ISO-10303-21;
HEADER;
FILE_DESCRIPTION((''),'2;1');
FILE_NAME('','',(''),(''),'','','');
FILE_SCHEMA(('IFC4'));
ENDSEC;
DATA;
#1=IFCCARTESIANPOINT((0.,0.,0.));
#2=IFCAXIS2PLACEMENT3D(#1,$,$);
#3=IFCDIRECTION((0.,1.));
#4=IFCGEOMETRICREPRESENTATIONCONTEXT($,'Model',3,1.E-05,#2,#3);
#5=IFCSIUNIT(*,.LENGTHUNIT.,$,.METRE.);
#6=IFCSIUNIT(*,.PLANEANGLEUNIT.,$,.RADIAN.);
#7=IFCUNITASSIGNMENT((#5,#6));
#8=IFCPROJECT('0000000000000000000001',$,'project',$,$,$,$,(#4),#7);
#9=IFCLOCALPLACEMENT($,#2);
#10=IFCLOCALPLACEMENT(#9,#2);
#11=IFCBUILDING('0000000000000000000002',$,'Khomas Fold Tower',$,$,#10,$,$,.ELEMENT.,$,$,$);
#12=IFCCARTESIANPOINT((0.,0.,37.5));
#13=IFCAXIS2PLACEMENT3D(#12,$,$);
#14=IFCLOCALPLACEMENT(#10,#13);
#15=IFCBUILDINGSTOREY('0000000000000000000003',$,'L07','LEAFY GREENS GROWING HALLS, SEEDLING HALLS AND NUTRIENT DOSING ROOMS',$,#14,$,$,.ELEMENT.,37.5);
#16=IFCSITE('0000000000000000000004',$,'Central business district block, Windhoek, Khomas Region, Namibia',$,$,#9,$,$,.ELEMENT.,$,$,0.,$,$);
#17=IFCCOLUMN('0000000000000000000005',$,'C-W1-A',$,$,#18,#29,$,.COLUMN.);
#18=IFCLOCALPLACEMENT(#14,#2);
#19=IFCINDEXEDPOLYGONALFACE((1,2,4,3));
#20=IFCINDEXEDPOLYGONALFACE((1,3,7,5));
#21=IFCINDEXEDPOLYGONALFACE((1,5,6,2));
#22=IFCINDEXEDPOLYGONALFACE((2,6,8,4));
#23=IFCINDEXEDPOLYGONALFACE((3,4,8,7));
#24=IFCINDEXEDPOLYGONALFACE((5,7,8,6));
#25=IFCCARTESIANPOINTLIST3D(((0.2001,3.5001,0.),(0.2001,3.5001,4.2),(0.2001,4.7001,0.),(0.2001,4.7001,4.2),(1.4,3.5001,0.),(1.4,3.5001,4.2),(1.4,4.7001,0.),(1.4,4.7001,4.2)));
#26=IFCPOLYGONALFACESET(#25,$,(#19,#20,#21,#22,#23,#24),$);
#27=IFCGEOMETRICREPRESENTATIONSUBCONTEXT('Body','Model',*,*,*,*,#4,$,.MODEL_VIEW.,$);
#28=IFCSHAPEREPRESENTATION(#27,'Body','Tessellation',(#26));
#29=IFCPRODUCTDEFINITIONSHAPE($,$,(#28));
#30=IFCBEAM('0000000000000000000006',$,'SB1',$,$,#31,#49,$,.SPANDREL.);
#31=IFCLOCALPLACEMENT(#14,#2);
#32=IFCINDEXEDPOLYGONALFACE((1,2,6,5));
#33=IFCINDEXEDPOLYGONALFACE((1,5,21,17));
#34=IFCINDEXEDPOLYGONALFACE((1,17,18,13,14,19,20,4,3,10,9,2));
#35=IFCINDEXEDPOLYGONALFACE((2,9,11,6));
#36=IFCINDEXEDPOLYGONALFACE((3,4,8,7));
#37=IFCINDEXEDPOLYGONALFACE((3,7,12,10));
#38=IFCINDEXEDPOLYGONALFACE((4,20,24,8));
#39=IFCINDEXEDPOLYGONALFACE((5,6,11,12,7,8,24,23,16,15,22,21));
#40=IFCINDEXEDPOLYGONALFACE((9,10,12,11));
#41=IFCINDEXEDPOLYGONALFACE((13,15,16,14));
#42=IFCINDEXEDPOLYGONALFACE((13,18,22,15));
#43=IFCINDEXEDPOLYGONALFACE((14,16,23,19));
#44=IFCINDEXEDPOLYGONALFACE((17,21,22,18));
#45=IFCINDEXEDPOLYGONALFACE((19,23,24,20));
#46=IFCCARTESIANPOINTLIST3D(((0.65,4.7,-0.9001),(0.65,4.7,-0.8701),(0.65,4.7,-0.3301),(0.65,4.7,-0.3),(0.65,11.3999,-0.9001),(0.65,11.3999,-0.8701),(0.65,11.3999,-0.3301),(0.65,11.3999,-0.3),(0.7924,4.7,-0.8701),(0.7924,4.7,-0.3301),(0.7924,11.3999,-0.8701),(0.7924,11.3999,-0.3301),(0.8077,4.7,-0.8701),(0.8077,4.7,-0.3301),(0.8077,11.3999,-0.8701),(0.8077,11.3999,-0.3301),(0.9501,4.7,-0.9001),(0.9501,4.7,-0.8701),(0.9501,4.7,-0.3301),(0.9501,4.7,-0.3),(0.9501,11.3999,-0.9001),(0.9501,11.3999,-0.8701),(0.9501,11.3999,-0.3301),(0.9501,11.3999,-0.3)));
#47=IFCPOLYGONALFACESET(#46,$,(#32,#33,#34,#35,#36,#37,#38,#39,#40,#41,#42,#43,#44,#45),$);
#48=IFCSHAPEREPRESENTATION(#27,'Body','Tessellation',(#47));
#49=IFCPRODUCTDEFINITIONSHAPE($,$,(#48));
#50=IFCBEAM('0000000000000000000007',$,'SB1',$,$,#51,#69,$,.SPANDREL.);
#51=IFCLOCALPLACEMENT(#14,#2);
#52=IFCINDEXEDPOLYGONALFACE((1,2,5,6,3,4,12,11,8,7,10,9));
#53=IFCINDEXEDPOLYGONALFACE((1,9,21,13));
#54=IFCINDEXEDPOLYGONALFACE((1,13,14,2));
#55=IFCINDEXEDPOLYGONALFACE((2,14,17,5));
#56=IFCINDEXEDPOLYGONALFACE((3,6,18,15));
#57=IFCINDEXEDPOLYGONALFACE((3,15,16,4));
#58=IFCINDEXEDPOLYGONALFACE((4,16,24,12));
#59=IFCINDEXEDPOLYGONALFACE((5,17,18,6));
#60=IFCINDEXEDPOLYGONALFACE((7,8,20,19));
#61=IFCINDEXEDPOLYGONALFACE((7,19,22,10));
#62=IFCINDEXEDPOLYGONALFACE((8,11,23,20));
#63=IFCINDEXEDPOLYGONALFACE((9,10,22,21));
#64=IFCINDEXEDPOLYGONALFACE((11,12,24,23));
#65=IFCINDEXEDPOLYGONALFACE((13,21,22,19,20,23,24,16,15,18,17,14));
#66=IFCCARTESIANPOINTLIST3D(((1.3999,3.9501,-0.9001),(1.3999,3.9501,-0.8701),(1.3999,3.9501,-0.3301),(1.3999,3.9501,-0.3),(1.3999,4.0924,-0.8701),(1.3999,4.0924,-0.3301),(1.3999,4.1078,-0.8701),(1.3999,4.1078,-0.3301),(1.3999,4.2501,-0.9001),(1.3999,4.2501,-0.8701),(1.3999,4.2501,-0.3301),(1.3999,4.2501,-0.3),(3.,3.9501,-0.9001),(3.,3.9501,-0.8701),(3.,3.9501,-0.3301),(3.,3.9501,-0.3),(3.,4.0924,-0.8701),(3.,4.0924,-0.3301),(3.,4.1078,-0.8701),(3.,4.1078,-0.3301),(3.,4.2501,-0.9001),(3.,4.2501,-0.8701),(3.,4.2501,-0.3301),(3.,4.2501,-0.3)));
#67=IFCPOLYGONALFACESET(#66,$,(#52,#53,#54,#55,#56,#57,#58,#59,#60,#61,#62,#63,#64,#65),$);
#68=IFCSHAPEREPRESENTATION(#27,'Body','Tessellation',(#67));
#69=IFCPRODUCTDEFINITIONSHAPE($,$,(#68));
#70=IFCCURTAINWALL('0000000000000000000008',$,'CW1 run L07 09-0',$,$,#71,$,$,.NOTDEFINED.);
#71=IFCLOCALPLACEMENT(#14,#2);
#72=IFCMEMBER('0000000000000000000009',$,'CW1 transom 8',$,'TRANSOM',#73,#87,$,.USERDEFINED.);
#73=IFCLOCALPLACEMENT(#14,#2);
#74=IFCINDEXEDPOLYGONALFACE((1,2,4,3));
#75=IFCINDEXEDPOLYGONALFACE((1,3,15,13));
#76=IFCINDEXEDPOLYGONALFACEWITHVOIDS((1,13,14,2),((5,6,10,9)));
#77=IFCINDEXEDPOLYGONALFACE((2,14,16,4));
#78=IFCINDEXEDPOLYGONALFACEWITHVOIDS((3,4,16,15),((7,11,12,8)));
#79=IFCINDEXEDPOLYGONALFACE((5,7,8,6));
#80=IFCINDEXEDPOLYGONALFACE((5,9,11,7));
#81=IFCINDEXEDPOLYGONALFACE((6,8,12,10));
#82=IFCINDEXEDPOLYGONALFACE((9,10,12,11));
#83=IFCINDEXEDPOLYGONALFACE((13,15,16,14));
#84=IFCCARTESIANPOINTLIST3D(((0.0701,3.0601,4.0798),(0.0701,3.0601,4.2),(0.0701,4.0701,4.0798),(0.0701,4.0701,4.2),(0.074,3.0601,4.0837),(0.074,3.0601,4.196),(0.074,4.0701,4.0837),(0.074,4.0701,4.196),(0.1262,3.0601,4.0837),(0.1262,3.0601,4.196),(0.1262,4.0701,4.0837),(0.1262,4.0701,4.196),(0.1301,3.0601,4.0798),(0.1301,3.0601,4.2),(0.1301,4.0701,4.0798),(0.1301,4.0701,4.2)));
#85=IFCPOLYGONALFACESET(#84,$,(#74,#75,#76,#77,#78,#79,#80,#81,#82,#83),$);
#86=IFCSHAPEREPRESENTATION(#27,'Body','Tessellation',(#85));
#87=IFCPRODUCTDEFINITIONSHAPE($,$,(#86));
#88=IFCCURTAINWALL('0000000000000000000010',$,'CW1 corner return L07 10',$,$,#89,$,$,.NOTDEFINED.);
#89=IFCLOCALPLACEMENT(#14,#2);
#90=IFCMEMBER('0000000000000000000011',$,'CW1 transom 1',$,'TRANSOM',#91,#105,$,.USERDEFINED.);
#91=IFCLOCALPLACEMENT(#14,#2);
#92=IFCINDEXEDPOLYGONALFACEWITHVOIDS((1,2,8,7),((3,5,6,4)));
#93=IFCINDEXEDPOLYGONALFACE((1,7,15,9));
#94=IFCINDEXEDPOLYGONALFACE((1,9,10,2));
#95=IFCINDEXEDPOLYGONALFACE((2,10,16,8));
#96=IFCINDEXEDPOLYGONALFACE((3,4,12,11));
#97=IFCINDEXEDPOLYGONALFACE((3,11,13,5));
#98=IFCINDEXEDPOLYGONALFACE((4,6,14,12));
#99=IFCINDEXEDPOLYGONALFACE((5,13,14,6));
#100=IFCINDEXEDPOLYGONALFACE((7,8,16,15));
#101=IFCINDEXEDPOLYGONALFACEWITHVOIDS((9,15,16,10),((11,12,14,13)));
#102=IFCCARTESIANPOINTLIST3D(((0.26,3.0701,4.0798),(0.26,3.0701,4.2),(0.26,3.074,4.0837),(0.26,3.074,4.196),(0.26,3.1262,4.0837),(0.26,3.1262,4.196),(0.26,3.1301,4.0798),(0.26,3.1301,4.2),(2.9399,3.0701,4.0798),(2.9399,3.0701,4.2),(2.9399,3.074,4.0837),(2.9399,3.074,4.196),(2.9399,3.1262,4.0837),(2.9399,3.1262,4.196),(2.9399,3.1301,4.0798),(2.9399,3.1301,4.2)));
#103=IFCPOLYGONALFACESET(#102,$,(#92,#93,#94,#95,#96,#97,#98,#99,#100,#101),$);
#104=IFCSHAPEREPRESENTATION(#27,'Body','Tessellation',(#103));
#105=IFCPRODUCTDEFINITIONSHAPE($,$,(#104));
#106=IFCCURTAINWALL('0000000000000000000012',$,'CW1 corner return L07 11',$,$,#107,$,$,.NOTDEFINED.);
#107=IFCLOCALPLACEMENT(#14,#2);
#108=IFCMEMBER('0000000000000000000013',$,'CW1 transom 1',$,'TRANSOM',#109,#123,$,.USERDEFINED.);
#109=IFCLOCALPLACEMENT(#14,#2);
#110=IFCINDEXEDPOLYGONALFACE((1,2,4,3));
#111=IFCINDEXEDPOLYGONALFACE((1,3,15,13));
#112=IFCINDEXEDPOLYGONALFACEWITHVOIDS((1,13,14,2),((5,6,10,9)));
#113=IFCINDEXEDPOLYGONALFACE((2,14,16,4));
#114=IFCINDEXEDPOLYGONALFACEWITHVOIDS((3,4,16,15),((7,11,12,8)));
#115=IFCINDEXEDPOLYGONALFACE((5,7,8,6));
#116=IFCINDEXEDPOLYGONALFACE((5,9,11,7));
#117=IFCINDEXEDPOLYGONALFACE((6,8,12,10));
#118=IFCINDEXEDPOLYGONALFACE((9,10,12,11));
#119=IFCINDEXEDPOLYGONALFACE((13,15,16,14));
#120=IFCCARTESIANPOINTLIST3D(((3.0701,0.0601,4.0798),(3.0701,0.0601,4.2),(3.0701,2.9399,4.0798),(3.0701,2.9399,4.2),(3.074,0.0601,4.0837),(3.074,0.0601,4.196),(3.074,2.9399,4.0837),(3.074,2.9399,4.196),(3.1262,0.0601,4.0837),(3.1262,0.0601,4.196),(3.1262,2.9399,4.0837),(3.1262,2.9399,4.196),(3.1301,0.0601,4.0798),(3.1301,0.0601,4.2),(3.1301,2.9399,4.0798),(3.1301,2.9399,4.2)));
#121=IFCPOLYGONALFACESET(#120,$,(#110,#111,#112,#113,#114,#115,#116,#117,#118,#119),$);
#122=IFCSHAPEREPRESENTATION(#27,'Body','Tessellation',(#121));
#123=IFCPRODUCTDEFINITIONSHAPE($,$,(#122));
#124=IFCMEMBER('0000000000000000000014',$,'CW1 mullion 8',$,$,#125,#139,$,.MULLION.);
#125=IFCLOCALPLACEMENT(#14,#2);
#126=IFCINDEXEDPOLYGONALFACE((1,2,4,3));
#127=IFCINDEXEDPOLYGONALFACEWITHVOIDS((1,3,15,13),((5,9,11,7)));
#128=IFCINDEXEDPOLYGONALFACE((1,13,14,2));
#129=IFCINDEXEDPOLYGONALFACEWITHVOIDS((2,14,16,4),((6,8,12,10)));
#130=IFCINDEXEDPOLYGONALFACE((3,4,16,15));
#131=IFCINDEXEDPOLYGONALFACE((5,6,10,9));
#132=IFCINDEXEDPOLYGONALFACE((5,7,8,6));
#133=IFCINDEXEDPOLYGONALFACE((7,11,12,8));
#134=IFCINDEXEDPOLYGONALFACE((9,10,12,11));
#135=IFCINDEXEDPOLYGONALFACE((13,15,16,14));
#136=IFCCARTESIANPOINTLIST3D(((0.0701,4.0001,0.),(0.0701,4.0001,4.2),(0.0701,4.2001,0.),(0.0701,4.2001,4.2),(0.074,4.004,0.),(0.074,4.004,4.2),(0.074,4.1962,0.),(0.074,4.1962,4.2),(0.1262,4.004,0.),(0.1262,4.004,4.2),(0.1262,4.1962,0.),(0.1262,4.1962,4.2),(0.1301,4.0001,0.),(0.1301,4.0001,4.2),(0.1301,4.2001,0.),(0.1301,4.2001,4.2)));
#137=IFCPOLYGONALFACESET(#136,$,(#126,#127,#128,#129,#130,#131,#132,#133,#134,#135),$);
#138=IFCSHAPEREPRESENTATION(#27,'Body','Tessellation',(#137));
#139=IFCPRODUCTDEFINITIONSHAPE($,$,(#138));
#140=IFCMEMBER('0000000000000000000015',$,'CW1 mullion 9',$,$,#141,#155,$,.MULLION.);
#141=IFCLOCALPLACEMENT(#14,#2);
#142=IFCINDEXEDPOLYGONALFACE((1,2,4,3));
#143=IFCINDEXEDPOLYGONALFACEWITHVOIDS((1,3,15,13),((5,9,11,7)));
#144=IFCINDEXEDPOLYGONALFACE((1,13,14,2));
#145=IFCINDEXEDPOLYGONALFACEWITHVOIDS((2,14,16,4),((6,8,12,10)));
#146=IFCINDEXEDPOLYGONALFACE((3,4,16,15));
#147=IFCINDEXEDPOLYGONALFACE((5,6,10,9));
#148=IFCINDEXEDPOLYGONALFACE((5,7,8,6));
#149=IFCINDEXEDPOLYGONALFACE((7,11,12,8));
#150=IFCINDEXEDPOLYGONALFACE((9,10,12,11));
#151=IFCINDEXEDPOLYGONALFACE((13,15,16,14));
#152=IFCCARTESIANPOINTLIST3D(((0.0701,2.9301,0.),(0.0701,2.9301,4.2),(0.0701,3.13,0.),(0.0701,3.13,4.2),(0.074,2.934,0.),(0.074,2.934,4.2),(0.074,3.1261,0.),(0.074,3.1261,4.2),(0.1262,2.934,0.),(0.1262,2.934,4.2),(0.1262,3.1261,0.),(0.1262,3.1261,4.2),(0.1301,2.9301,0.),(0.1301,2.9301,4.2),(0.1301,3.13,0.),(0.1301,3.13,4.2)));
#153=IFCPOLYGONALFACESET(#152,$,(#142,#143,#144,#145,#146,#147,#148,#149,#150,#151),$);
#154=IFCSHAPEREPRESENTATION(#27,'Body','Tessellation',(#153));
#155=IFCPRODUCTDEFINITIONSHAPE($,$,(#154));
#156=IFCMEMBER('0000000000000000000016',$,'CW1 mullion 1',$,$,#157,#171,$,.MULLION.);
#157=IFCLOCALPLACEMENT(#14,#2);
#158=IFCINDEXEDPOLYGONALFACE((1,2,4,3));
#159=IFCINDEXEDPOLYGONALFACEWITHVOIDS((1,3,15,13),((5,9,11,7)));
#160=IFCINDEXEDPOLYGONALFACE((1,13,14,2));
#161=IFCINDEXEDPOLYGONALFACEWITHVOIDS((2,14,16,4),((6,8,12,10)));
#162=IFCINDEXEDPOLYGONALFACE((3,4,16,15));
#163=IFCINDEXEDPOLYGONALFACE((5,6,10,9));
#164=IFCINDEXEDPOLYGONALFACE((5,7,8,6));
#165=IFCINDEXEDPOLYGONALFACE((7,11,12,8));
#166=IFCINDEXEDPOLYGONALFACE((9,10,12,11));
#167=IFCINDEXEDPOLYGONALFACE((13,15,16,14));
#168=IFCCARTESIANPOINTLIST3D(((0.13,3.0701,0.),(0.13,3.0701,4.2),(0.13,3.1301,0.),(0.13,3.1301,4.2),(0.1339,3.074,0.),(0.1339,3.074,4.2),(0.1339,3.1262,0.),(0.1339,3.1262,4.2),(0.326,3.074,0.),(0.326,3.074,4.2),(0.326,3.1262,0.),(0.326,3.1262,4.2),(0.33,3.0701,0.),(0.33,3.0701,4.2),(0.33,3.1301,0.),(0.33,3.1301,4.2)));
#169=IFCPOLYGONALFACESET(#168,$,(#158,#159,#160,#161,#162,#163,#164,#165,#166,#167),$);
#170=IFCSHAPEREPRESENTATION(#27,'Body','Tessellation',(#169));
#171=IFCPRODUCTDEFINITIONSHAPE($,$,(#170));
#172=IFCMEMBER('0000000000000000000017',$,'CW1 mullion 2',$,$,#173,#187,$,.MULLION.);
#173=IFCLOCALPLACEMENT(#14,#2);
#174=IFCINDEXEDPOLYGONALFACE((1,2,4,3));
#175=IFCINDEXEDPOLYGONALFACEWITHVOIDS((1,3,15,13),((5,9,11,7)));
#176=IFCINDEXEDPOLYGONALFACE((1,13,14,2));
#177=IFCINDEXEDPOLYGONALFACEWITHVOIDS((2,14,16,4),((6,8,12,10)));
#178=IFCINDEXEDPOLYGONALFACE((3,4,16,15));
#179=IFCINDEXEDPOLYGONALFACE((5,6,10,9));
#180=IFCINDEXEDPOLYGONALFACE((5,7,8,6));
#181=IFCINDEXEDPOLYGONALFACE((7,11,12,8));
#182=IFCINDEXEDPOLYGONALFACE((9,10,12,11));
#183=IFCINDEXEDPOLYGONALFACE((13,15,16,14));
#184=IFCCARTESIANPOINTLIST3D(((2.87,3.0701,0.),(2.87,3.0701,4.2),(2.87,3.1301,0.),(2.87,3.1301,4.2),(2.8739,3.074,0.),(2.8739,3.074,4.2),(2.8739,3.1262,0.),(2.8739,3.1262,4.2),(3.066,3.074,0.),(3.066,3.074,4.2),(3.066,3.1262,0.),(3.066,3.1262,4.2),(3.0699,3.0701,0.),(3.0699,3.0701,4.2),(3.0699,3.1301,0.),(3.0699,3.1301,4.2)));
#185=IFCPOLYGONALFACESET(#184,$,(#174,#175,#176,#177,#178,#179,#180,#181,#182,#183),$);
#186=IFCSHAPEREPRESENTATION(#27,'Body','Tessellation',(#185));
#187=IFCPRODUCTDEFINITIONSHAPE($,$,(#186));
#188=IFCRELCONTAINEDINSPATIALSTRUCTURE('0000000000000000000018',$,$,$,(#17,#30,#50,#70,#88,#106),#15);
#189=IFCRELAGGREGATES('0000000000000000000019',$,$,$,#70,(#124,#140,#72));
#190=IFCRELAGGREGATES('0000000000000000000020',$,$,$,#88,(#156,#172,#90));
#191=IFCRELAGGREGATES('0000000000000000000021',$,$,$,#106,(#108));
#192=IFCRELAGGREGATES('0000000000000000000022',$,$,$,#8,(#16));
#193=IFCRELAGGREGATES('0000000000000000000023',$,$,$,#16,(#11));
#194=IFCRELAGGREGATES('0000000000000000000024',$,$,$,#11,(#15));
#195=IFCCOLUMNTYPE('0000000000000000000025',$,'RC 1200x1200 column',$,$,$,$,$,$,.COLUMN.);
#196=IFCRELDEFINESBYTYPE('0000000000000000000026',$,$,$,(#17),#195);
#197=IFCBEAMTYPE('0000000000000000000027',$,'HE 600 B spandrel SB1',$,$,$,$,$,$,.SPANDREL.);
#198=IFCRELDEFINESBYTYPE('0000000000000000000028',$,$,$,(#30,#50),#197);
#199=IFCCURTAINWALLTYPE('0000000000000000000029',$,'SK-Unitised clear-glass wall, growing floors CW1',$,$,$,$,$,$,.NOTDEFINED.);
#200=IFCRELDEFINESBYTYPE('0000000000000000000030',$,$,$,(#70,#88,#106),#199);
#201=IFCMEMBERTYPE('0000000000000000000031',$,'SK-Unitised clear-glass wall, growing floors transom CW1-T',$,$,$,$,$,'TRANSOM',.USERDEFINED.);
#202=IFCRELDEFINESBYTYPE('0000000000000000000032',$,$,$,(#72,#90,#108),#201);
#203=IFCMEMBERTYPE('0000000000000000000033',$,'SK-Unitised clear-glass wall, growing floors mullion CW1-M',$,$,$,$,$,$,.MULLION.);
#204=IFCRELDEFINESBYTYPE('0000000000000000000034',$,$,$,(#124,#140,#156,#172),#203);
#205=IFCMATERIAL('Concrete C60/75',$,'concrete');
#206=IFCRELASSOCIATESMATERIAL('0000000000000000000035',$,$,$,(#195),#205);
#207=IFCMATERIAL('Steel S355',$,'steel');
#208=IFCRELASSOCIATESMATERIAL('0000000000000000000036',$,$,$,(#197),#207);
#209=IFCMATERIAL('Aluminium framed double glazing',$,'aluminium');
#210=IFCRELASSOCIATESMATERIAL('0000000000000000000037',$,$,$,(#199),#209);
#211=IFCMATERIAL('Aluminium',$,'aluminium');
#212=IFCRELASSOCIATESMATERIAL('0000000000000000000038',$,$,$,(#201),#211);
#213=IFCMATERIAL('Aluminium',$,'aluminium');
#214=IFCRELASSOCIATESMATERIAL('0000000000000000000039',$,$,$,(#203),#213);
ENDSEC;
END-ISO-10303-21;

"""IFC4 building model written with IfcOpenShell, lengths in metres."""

from ifc_helpers import new_model, si_unit, direction, frame, origin, origin_2d, place, context, subcontext, project, spatial, rectangle, hollow_rectangle, i_section, extrude, source, transform, mapped, material, material_profile, profile_set, type_object, element, aggregate, save


model = new_model("IFC4")

# Units and contexts
model_context = context("Model", 3, precision=1e-05, world=origin(), true_north=direction((0.0, 1.0)))
body_context = subcontext(model_context, "Body", "Model", "MODEL_VIEW")
ifc_project = project(units=[si_unit("LENGTHUNIT", "METRE"), si_unit("PLANEANGLEUNIT", "RADIAN")], contexts=[model_context])

# Site, building, storey
site_placement = place(None, origin())
site = spatial("IfcSite", under=ifc_project, at=site_placement, Name="Central business district block, Windhoek, Khomas Region, Namibia", CompositionType="ELEMENT", RefElevation=0.0)
building_placement = place(site_placement, origin())
building = spatial("IfcBuilding", under=site, at=building_placement, Name="Khomas Fold Tower", CompositionType="ELEMENT")
storey_placement = place(building_placement, frame((0.0, 0.0, 37.5)))
storey = spatial("IfcBuildingStorey", under=building, at=storey_placement, Name="L07", Description="LEAFY GREENS GROWING HALLS, SEEDLING HALLS AND NUTRIENT DOSING ROOMS", CompositionType="ELEMENT", Elevation=37.5)

# Column
ifc_material_1 = material(Name="Concrete C60/75", Category="concrete")
ifc_material_profile_1 = material_profile(ifc_material_1, rectangle(XDim=1.2, YDim=1.2, at=origin_2d()), Name="RC 1200x1200")
ifc_profile_set_1 = profile_set([ifc_material_profile_1], Name="Concrete C60/75")
column_type = type_object("IfcColumnType", Name="RC 1200x1200 column", PredefinedType="COLUMN", material=ifc_profile_set_1)
shared_shape_1 = source(origin(), body_context, "Body", "SweptSolid", [
    extrude(rectangle(XDim=1.2, YDim=1.2, at=origin_2d()), origin(), (0.0, 0.0, 1.0), 4.2),
])
column_placement = place(storey_placement, frame((0.8, 4.1001, 0.0), z_axis=(0.0, 0.0, 1.0), x_axis=(1.0, 0.0, 0.0)))
element("IfcColumn", 1, at=column_placement, inside=storey, type_object=column_type, Name="C-W1-A", PredefinedType="COLUMN", context=body_context, shape_type="MappedRepresentation", body=[
    mapped(shared_shape_1, transform((0.0, 0.0, 0.0))),
])

# Beams
ifc_material_2 = material(Name="Steel S355", Category="steel")
ifc_material_profile_2 = material_profile(ifc_material_2, i_section(OverallWidth=0.3, OverallDepth=0.6001, WebThickness=0.0154, FlangeThickness=0.03, at=origin_2d()), Name="HE 600 B")
ifc_profile_set_2 = profile_set([ifc_material_profile_2], Name="Steel S355")
beam_type = type_object("IfcBeamType", Name="HE 600 B spandrel SB1", PredefinedType="SPANDREL", material=ifc_profile_set_2)
shared_shape_2 = source(origin(), body_context, "Body", "SweptSolid", [
    extrude(i_section(OverallWidth=0.3, OverallDepth=0.6001, WebThickness=0.0154, FlangeThickness=0.03, at=origin_2d()), origin(), (0.0, 0.0, 1.0), 6.7),
])
beam_1_placement = place(storey_placement, frame((0.8, 4.7, -0.6001), z_axis=(0.0, 1.0, 0.0), x_axis=(-1.0, 0.0, 0.0)))
element("IfcBeam", 2, at=beam_1_placement, inside=storey, type_object=beam_type, Name="SB1", PredefinedType="SPANDREL", context=body_context, shape_type="MappedRepresentation", body=[
    mapped(shared_shape_2, transform((0.0, 0.0, 0.0))),
])
shared_shape_3 = source(origin(), body_context, "Body", "SweptSolid", [
    extrude(i_section(OverallWidth=0.3, OverallDepth=0.6001, WebThickness=0.0154, FlangeThickness=0.03, at=origin_2d()), origin(), (0.0, 0.0, 1.0), 1.6001),
])
beam_2_placement = place(storey_placement, frame((1.3999, 4.1001, -0.6001), z_axis=(1.0, 0.0, 0.0), x_axis=(0.0, 1.0, 0.0)))
element("IfcBeam", 3, at=beam_2_placement, inside=storey, type_object=beam_type, Name="SB1", PredefinedType="SPANDREL", context=body_context, shape_type="MappedRepresentation", body=[
    mapped(shared_shape_3, transform((0.0, 0.0, 0.0))),
])

# Curtain walls, members
ifc_material_3 = material(Name="Aluminium framed double glazing", Category="aluminium")
curtain_wall_type = type_object("IfcCurtainWallType", Name="SK-Unitised clear-glass wall, growing floors CW1", PredefinedType="NOTDEFINED", material=ifc_material_3)
curtain_wall_1_placement = place(storey_placement, origin())
curtain_wall_1 = element("IfcCurtainWall", 4, at=curtain_wall_1_placement, inside=storey, type_object=curtain_wall_type, Name="CW1 run L07 09-0", PredefinedType="NOTDEFINED")
ifc_material_4 = material(Name="Aluminium", Category="aluminium")
ifc_material_profile_3 = material_profile(ifc_material_4, hollow_rectangle(XDim=0.0601, YDim=0.1201, WallThickness=0.0039, at=origin_2d()), Name="SK-Unitised clear-glass wall, growing floors transom CW1-T")
ifc_profile_set_3 = profile_set([ifc_material_profile_3], Name="Aluminium")
member_type_1 = type_object("IfcMemberType", Name="SK-Unitised clear-glass wall, growing floors transom CW1-T", ElementType="TRANSOM", PredefinedType="USERDEFINED", material=ifc_profile_set_3)
shared_shape_4 = source(origin(), body_context, "Body", "SweptSolid", [
    extrude(hollow_rectangle(XDim=0.0601, YDim=0.1201, WallThickness=0.0039, at=origin_2d()), origin(), (0.0, 0.0, 1.0), 1.01),
])
member_1_placement = place(storey_placement, frame((0.1001, 4.0701, 4.1399), z_axis=(0.0, -1.0, 0.0), x_axis=(1.0, 0.0, 0.0)))
member_1 = element("IfcMember", 5, at=member_1_placement, type_object=member_type_1, Name="CW1 transom 8", ObjectType="TRANSOM", PredefinedType="USERDEFINED", context=body_context, shape_type="MappedRepresentation", body=[
    mapped(shared_shape_4, transform((0.0, 0.0, 0.0))),
])
curtain_wall_2_placement = place(storey_placement, origin())
curtain_wall_2 = element("IfcCurtainWall", 6, at=curtain_wall_2_placement, inside=storey, type_object=curtain_wall_type, Name="CW1 corner return L07 10", PredefinedType="NOTDEFINED")
shared_shape_5 = source(origin(), body_context, "Body", "SweptSolid", [
    extrude(hollow_rectangle(XDim=0.0601, YDim=0.1201, WallThickness=0.0039, at=origin_2d()), origin(), (0.0, 0.0, 1.0), 2.6799),
])
member_2_placement = place(storey_placement, frame((0.26, 3.1001, 4.1399), z_axis=(1.0, 0.0, 0.0), x_axis=(0.0, 1.0, 0.0)))
member_2 = element("IfcMember", 7, at=member_2_placement, type_object=member_type_1, Name="CW1 transom 1", ObjectType="TRANSOM", PredefinedType="USERDEFINED", context=body_context, shape_type="MappedRepresentation", body=[
    mapped(shared_shape_5, transform((0.0, 0.0, 0.0))),
])
curtain_wall_3_placement = place(storey_placement, origin())
curtain_wall_3 = element("IfcCurtainWall", 8, at=curtain_wall_3_placement, inside=storey, type_object=curtain_wall_type, Name="CW1 corner return L07 11", PredefinedType="NOTDEFINED")
shared_shape_6 = source(origin(), body_context, "Body", "SweptSolid", [
    extrude(hollow_rectangle(XDim=0.0601, YDim=0.1201, WallThickness=0.0039, at=origin_2d()), origin(), (0.0, 0.0, 1.0), 2.8799),
])
member_3_placement = place(storey_placement, frame((3.1001, 2.9399, 4.1399), z_axis=(0.0, -1.0, 0.0), x_axis=(1.0, 0.0, 0.0)))
member_3 = element("IfcMember", 9, at=member_3_placement, type_object=member_type_1, Name="CW1 transom 1", ObjectType="TRANSOM", PredefinedType="USERDEFINED", context=body_context, shape_type="MappedRepresentation", body=[
    mapped(shared_shape_6, transform((0.0, 0.0, 0.0))),
])

# Members
ifc_material_5 = material(Name="Aluminium", Category="aluminium")
ifc_material_profile_4 = material_profile(ifc_material_5, hollow_rectangle(XDim=0.0601, YDim=0.2, WallThickness=0.0039, at=origin_2d()), Name="SK-Unitised clear-glass wall, growing floors mullion CW1-M")
ifc_profile_set_4 = profile_set([ifc_material_profile_4], Name="Aluminium")
member_type_2 = type_object("IfcMemberType", Name="SK-Unitised clear-glass wall, growing floors mullion CW1-M", PredefinedType="MULLION", material=ifc_profile_set_4)
shared_shape_7 = source(origin(), body_context, "Body", "SweptSolid", [
    extrude(hollow_rectangle(XDim=0.0601, YDim=0.2, WallThickness=0.0039, at=origin_2d()), origin(), (0.0, 0.0, 1.0), 4.2),
])
member_4_placement = place(storey_placement, frame((0.1001, 4.1001, 0.0), z_axis=(0.0, 0.0, 1.0), x_axis=(1.0, 0.0, 0.0)))
member_4 = element("IfcMember", 10, at=member_4_placement, type_object=member_type_2, Name="CW1 mullion 8", PredefinedType="MULLION", context=body_context, shape_type="MappedRepresentation", body=[
    mapped(shared_shape_7, transform((0.0, 0.0, 0.0))),
])
member_5_placement = place(storey_placement, frame((0.1001, 3.03, 0.0), z_axis=(0.0, 0.0, 1.0), x_axis=(1.0, 0.0, 0.0)))
member_5 = element("IfcMember", 11, at=member_5_placement, type_object=member_type_2, Name="CW1 mullion 9", PredefinedType="MULLION", context=body_context, shape_type="MappedRepresentation", body=[
    mapped(shared_shape_7, transform((0.0, 0.0, 0.0))),
])
member_6_placement = place(storey_placement, frame((0.23, 3.1001, 0.0), z_axis=(0.0, 0.0, 1.0), x_axis=(0.0, 1.0, 0.0)))
member_6 = element("IfcMember", 12, at=member_6_placement, type_object=member_type_2, Name="CW1 mullion 1", PredefinedType="MULLION", context=body_context, shape_type="MappedRepresentation", body=[
    mapped(shared_shape_7, transform((0.0, 0.0, 0.0))),
])
member_7_placement = place(storey_placement, frame((2.97, 3.1001, 0.0), z_axis=(0.0, 0.0, 1.0), x_axis=(0.0, 1.0, 0.0)))
member_7 = element("IfcMember", 13, at=member_7_placement, type_object=member_type_2, Name="CW1 mullion 2", PredefinedType="MULLION", context=body_context, shape_type="MappedRepresentation", body=[
    mapped(shared_shape_7, transform((0.0, 0.0, 0.0))),
])

aggregate(curtain_wall_1, [member_4, member_5, member_1])
aggregate(curtain_wall_2, [member_6, member_7, member_2])
aggregate(curtain_wall_3, [member_3])

save(model, "model.ifc")
